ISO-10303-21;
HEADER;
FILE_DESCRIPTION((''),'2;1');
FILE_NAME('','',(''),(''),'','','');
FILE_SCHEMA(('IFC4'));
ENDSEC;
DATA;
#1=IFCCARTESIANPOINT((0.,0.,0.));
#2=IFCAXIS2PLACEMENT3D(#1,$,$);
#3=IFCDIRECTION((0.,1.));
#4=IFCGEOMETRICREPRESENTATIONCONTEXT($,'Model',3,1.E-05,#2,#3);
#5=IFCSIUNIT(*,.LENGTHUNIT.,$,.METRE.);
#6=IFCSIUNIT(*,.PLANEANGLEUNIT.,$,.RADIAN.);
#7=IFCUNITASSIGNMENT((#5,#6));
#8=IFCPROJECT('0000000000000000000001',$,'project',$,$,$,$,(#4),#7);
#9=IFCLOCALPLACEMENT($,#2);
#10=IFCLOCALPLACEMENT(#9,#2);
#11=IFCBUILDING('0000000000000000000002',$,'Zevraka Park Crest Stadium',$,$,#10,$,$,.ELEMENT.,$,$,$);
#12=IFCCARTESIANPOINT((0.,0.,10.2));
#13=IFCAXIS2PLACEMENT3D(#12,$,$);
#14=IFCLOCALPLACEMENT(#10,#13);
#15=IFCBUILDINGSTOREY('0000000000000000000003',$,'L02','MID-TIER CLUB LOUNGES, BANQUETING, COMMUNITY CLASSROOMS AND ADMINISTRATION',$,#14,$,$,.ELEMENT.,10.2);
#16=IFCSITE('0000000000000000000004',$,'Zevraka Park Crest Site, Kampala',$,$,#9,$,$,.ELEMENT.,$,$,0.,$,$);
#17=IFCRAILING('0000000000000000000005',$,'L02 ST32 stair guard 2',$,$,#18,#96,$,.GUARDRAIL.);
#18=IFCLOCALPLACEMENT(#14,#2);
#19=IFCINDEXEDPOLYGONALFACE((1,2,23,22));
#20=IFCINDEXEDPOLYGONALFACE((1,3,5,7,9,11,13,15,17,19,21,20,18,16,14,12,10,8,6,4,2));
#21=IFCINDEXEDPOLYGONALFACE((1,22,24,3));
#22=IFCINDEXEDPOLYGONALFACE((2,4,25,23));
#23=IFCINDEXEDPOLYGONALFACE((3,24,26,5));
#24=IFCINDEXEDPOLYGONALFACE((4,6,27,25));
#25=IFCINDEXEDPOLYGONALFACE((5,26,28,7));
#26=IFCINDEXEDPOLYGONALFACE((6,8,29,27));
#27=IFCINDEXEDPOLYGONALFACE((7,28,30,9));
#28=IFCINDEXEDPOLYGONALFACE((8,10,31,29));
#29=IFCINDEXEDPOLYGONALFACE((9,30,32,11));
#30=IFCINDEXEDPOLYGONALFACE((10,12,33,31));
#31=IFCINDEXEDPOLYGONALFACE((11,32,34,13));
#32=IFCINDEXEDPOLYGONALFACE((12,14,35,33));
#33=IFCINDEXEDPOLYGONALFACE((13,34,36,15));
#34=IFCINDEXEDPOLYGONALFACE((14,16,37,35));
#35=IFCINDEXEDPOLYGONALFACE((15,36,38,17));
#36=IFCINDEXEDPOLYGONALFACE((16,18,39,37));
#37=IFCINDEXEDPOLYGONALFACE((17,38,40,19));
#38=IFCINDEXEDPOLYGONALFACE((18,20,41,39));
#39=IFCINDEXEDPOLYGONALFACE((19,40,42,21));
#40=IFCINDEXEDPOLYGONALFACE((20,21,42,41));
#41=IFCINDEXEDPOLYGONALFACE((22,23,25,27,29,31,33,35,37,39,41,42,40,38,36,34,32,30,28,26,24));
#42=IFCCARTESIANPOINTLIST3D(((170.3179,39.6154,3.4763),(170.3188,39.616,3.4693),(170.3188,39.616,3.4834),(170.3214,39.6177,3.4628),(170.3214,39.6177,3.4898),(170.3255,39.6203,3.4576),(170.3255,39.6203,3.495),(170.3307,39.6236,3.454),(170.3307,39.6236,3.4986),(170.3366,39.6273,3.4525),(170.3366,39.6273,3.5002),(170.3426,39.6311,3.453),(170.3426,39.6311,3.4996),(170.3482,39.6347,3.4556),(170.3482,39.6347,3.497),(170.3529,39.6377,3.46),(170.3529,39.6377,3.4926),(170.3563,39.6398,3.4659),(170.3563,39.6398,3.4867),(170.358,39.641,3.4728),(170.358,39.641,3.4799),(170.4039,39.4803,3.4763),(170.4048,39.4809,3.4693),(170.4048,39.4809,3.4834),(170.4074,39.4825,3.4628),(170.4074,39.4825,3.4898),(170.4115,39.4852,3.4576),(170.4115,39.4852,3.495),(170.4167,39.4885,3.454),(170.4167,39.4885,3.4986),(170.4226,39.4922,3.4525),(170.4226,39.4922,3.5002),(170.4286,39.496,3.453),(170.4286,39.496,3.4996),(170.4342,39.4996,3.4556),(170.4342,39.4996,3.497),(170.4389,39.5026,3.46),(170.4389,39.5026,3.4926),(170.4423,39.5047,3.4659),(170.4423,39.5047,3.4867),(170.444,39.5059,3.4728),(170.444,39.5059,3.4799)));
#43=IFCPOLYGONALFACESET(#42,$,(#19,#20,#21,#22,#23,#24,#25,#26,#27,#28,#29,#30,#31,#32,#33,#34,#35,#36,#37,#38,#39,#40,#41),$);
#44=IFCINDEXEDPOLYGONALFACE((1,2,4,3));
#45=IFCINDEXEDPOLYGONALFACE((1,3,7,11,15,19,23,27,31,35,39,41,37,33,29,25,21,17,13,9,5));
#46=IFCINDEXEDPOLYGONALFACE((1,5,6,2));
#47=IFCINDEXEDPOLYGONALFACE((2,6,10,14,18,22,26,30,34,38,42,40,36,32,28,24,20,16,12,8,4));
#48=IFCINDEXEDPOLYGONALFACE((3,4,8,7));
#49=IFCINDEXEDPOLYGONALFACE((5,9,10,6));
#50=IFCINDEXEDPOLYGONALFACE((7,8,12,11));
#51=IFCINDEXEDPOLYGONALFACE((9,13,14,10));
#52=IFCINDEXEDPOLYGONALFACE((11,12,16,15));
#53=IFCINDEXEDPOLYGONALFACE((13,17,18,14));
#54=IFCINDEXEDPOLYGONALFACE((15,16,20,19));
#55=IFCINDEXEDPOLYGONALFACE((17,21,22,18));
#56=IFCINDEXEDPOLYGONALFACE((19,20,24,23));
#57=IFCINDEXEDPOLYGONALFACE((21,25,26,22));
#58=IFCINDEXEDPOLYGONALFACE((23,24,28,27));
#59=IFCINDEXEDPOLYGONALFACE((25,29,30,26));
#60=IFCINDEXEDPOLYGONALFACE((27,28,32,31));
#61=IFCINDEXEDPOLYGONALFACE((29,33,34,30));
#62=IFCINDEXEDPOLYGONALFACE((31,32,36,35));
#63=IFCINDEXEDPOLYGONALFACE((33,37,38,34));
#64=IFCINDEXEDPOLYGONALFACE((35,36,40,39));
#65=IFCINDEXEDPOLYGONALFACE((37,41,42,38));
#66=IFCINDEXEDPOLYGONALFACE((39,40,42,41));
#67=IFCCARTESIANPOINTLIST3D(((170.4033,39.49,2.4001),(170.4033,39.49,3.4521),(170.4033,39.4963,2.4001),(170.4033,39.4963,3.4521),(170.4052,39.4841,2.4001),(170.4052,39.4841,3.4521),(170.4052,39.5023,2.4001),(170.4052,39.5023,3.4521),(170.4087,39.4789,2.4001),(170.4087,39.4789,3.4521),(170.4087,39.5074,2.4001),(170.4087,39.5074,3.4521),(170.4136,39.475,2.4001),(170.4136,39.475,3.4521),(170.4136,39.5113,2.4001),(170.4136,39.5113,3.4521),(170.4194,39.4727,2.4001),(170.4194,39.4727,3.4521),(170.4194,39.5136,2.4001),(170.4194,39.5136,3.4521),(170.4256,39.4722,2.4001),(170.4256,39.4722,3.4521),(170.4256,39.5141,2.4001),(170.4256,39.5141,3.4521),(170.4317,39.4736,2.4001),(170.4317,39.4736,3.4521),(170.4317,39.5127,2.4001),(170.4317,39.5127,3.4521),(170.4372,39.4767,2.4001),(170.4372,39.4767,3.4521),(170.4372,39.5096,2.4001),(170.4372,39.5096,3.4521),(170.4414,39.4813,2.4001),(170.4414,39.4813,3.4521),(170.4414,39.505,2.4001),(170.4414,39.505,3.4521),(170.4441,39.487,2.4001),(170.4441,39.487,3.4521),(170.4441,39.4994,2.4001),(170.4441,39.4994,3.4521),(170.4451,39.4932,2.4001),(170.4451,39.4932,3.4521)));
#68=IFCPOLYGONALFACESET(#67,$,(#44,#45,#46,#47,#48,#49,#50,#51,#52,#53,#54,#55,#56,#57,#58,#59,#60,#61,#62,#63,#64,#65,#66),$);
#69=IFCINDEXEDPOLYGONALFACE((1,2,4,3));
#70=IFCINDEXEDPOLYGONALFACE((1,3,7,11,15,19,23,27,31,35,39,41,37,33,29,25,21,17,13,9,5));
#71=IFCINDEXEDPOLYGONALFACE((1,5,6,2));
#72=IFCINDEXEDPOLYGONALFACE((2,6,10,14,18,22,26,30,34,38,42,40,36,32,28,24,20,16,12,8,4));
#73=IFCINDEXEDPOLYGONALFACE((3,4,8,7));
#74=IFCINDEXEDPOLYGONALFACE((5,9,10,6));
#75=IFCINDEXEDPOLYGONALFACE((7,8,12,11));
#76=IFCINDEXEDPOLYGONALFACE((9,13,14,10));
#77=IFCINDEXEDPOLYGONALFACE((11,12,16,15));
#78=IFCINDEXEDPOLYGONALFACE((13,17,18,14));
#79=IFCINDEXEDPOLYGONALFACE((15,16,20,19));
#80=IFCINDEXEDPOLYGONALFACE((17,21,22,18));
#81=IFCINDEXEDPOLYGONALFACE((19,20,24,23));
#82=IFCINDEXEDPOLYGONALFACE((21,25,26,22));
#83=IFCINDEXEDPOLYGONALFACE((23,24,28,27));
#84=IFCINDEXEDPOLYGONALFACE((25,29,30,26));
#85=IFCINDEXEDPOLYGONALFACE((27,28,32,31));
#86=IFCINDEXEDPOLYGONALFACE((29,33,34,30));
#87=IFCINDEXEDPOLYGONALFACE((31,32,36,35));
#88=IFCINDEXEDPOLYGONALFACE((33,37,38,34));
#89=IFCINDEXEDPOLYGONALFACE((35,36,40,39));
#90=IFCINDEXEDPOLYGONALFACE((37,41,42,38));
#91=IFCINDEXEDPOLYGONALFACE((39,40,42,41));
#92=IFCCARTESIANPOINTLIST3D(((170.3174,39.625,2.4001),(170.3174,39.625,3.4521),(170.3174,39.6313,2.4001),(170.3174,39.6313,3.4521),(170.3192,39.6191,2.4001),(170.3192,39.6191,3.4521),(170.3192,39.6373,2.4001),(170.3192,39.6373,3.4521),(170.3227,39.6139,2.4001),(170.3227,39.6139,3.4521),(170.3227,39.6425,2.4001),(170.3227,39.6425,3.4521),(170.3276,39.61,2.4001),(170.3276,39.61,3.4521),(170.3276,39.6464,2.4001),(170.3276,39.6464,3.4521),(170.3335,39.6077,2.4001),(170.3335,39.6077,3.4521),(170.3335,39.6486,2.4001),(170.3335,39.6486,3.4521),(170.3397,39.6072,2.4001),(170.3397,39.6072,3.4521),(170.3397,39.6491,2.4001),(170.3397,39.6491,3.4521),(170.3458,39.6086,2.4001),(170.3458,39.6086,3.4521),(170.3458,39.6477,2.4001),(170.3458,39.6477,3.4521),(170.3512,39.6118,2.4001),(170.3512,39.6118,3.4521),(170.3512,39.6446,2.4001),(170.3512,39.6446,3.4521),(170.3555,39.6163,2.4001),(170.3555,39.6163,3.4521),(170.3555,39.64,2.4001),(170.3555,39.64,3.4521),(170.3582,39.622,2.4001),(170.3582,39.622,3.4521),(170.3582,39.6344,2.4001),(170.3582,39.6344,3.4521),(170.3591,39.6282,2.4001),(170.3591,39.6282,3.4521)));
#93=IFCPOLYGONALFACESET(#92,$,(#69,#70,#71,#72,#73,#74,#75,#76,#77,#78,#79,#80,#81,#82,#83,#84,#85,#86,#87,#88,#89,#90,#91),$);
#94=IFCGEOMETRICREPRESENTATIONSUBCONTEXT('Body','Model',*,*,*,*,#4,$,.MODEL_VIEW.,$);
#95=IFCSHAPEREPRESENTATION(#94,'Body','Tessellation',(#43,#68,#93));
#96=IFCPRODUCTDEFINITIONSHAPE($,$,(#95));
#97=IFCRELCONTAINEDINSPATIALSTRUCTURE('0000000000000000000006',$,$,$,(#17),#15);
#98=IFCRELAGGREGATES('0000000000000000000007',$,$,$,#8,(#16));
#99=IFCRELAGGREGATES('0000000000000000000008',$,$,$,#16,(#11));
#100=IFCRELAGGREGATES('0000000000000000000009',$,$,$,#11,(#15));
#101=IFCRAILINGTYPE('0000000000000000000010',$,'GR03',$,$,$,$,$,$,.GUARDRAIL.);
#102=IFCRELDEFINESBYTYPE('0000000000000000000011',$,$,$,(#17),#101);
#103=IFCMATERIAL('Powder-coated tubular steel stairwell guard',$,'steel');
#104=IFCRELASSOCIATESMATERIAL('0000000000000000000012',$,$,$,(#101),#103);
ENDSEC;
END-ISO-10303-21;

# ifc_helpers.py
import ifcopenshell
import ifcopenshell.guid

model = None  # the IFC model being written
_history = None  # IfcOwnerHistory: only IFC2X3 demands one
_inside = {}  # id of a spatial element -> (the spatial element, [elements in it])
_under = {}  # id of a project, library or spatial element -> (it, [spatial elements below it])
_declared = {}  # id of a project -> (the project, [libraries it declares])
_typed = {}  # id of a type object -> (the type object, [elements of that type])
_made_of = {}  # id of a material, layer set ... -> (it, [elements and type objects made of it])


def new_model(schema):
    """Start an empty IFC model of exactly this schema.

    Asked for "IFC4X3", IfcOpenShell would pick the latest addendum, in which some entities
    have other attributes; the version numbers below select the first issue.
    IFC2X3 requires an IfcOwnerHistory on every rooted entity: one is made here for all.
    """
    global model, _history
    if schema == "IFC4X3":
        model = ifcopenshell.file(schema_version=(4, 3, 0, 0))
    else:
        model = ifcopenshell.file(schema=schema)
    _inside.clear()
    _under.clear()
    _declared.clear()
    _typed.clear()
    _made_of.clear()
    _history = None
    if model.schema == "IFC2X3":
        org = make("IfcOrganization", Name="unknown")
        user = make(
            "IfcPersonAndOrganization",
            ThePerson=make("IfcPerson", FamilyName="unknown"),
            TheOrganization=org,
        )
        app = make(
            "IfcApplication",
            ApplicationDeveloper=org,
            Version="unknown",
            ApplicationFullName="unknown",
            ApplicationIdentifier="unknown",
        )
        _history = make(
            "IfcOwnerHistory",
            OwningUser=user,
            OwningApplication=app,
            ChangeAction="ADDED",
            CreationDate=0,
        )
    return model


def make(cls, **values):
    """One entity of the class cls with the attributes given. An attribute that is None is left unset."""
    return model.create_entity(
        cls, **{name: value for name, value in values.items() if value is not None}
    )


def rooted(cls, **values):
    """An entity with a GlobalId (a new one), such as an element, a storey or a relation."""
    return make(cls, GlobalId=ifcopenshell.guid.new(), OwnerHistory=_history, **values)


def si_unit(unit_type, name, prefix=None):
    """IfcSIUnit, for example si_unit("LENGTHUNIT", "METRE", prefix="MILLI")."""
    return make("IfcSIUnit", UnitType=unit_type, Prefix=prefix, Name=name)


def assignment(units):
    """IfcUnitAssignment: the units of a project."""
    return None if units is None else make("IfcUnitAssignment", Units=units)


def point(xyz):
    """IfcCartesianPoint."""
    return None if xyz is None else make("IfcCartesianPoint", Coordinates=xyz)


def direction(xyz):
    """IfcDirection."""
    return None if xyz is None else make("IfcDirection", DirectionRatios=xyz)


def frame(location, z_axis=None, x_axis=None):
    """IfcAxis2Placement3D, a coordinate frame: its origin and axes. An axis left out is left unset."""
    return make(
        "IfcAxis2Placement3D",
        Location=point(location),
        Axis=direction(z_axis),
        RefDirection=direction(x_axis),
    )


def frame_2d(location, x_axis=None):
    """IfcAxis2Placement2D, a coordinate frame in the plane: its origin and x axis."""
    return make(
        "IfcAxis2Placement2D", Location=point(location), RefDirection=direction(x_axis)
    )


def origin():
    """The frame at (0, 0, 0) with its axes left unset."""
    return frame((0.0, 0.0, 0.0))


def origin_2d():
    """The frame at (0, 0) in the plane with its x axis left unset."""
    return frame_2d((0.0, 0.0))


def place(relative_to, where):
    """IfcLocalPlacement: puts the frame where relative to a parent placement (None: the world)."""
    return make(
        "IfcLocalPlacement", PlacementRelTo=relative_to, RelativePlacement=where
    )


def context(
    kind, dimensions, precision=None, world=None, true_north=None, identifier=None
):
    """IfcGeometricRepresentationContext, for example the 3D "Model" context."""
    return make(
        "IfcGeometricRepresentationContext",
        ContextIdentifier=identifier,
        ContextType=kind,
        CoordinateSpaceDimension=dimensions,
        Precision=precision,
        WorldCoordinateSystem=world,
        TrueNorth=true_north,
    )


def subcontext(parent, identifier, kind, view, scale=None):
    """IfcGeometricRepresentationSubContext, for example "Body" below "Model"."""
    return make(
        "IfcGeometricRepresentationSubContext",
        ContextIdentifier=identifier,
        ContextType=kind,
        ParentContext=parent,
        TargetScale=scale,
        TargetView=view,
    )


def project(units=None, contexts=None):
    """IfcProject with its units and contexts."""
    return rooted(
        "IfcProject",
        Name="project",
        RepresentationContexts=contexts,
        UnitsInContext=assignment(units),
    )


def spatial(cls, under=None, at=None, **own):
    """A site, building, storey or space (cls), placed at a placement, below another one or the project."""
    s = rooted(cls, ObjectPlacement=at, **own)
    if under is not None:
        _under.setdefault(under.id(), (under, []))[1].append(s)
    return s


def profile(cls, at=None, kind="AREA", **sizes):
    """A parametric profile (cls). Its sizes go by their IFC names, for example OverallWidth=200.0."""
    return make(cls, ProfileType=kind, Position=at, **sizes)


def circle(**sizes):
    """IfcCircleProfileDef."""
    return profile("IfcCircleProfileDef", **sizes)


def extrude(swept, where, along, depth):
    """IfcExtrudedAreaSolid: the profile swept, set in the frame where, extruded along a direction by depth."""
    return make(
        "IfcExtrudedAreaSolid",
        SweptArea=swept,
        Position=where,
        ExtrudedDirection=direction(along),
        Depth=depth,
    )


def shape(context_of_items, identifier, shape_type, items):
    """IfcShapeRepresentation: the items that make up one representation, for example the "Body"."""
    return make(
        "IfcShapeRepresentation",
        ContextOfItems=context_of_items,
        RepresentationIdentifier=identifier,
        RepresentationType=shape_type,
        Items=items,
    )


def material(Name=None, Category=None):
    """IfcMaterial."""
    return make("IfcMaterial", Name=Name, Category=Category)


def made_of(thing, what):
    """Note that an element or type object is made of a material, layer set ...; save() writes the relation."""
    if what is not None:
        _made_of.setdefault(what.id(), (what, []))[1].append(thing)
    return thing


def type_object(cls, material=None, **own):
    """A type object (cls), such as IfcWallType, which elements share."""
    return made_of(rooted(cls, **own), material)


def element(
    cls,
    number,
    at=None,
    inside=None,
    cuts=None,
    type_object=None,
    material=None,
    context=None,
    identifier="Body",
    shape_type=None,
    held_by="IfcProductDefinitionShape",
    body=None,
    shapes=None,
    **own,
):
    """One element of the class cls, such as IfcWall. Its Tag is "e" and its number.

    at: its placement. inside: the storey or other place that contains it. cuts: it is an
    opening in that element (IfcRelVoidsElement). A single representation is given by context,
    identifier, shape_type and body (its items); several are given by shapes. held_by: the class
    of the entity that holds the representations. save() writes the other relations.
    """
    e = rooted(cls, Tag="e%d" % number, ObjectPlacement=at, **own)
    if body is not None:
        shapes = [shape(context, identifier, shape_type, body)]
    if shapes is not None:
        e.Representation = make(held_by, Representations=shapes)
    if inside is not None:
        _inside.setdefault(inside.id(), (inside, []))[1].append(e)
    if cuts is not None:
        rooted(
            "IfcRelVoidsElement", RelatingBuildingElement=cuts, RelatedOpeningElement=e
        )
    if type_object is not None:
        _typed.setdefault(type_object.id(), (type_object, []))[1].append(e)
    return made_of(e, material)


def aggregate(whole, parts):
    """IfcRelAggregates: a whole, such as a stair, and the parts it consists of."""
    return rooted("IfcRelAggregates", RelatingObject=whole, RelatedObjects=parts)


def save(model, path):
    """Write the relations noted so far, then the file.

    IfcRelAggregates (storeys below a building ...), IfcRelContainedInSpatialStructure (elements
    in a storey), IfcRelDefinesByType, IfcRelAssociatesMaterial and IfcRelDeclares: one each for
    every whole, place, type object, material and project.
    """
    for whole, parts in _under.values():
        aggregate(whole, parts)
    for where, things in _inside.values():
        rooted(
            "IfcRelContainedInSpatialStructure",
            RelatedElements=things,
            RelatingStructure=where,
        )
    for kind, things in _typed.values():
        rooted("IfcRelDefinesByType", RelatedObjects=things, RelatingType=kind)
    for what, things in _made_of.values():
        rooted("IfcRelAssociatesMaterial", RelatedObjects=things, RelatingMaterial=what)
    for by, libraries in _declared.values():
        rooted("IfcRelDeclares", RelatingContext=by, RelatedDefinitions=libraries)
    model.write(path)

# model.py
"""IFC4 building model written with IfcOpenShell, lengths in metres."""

from ifc_helpers import new_model, si_unit, direction, frame, origin, origin_2d, place, context, subcontext, project, spatial, circle, extrude, material, type_object, element, save


model = new_model("IFC4")

# Units and contexts
model_context = context("Model", 3, precision=1e-05, world=origin(), true_north=direction((0.0, 1.0)))
body_context = subcontext(model_context, "Body", "Model", "MODEL_VIEW")
ifc_project = project(units=[si_unit("LENGTHUNIT", "METRE"), si_unit("PLANEANGLEUNIT", "RADIAN")], contexts=[model_context])

# Site, building, storey
site_placement = place(None, origin())
site = spatial("IfcSite", under=ifc_project, at=site_placement, Name="Zevraka Park Crest Site, Kampala", CompositionType="ELEMENT", RefElevation=0.0)
building_placement = place(site_placement, origin())
building = spatial("IfcBuilding", under=site, at=building_placement, Name="Zevraka Park Crest Stadium", CompositionType="ELEMENT")
storey_placement = place(building_placement, frame((0.0, 0.0, 10.2)))
storey = spatial("IfcBuildingStorey", under=building, at=storey_placement, Name="L02", Description="MID-TIER CLUB LOUNGES, BANQUETING, COMMUNITY CLASSROOMS AND ADMINISTRATION", CompositionType="ELEMENT", Elevation=10.2)

# Railing
ifc_material_1 = material(Name="Powder-coated tubular steel stairwell guard", Category="steel")
railing_type_1 = type_object("IfcRailingType", Name="GR03", PredefinedType="GUARDRAIL", material=ifc_material_1)
railing_1_placement = place(storey_placement, frame((170.4241, 39.4932, 2.4001)))
element("IfcRailing", 1, at=railing_1_placement, inside=storey, type_object=railing_type_1, Name="L02 ST32 stair guard 2", PredefinedType="GUARDRAIL", context=body_context, shape_type="SweptSolid", body=[
    extrude(circle(Radius=0.0239, at=origin_2d()), frame((0.0, 0.0, 1.0762), z_axis=(-0.536974, 0.843599, 0.0), x_axis=(-0.843599, -0.536974, 0.0)), (0.0, 0.0, 1.0), 0.1602),
    extrude(circle(Radius=0.021, at=origin_2d()), origin(), (0.0, 0.0, 1.0), 1.052),
    extrude(circle(Radius=0.021, at=origin_2d()), frame((-0.0859, 0.135, 0.0)), (0.0, 0.0, 1.0), 1.052),
])

save(model, "model.ifc")
